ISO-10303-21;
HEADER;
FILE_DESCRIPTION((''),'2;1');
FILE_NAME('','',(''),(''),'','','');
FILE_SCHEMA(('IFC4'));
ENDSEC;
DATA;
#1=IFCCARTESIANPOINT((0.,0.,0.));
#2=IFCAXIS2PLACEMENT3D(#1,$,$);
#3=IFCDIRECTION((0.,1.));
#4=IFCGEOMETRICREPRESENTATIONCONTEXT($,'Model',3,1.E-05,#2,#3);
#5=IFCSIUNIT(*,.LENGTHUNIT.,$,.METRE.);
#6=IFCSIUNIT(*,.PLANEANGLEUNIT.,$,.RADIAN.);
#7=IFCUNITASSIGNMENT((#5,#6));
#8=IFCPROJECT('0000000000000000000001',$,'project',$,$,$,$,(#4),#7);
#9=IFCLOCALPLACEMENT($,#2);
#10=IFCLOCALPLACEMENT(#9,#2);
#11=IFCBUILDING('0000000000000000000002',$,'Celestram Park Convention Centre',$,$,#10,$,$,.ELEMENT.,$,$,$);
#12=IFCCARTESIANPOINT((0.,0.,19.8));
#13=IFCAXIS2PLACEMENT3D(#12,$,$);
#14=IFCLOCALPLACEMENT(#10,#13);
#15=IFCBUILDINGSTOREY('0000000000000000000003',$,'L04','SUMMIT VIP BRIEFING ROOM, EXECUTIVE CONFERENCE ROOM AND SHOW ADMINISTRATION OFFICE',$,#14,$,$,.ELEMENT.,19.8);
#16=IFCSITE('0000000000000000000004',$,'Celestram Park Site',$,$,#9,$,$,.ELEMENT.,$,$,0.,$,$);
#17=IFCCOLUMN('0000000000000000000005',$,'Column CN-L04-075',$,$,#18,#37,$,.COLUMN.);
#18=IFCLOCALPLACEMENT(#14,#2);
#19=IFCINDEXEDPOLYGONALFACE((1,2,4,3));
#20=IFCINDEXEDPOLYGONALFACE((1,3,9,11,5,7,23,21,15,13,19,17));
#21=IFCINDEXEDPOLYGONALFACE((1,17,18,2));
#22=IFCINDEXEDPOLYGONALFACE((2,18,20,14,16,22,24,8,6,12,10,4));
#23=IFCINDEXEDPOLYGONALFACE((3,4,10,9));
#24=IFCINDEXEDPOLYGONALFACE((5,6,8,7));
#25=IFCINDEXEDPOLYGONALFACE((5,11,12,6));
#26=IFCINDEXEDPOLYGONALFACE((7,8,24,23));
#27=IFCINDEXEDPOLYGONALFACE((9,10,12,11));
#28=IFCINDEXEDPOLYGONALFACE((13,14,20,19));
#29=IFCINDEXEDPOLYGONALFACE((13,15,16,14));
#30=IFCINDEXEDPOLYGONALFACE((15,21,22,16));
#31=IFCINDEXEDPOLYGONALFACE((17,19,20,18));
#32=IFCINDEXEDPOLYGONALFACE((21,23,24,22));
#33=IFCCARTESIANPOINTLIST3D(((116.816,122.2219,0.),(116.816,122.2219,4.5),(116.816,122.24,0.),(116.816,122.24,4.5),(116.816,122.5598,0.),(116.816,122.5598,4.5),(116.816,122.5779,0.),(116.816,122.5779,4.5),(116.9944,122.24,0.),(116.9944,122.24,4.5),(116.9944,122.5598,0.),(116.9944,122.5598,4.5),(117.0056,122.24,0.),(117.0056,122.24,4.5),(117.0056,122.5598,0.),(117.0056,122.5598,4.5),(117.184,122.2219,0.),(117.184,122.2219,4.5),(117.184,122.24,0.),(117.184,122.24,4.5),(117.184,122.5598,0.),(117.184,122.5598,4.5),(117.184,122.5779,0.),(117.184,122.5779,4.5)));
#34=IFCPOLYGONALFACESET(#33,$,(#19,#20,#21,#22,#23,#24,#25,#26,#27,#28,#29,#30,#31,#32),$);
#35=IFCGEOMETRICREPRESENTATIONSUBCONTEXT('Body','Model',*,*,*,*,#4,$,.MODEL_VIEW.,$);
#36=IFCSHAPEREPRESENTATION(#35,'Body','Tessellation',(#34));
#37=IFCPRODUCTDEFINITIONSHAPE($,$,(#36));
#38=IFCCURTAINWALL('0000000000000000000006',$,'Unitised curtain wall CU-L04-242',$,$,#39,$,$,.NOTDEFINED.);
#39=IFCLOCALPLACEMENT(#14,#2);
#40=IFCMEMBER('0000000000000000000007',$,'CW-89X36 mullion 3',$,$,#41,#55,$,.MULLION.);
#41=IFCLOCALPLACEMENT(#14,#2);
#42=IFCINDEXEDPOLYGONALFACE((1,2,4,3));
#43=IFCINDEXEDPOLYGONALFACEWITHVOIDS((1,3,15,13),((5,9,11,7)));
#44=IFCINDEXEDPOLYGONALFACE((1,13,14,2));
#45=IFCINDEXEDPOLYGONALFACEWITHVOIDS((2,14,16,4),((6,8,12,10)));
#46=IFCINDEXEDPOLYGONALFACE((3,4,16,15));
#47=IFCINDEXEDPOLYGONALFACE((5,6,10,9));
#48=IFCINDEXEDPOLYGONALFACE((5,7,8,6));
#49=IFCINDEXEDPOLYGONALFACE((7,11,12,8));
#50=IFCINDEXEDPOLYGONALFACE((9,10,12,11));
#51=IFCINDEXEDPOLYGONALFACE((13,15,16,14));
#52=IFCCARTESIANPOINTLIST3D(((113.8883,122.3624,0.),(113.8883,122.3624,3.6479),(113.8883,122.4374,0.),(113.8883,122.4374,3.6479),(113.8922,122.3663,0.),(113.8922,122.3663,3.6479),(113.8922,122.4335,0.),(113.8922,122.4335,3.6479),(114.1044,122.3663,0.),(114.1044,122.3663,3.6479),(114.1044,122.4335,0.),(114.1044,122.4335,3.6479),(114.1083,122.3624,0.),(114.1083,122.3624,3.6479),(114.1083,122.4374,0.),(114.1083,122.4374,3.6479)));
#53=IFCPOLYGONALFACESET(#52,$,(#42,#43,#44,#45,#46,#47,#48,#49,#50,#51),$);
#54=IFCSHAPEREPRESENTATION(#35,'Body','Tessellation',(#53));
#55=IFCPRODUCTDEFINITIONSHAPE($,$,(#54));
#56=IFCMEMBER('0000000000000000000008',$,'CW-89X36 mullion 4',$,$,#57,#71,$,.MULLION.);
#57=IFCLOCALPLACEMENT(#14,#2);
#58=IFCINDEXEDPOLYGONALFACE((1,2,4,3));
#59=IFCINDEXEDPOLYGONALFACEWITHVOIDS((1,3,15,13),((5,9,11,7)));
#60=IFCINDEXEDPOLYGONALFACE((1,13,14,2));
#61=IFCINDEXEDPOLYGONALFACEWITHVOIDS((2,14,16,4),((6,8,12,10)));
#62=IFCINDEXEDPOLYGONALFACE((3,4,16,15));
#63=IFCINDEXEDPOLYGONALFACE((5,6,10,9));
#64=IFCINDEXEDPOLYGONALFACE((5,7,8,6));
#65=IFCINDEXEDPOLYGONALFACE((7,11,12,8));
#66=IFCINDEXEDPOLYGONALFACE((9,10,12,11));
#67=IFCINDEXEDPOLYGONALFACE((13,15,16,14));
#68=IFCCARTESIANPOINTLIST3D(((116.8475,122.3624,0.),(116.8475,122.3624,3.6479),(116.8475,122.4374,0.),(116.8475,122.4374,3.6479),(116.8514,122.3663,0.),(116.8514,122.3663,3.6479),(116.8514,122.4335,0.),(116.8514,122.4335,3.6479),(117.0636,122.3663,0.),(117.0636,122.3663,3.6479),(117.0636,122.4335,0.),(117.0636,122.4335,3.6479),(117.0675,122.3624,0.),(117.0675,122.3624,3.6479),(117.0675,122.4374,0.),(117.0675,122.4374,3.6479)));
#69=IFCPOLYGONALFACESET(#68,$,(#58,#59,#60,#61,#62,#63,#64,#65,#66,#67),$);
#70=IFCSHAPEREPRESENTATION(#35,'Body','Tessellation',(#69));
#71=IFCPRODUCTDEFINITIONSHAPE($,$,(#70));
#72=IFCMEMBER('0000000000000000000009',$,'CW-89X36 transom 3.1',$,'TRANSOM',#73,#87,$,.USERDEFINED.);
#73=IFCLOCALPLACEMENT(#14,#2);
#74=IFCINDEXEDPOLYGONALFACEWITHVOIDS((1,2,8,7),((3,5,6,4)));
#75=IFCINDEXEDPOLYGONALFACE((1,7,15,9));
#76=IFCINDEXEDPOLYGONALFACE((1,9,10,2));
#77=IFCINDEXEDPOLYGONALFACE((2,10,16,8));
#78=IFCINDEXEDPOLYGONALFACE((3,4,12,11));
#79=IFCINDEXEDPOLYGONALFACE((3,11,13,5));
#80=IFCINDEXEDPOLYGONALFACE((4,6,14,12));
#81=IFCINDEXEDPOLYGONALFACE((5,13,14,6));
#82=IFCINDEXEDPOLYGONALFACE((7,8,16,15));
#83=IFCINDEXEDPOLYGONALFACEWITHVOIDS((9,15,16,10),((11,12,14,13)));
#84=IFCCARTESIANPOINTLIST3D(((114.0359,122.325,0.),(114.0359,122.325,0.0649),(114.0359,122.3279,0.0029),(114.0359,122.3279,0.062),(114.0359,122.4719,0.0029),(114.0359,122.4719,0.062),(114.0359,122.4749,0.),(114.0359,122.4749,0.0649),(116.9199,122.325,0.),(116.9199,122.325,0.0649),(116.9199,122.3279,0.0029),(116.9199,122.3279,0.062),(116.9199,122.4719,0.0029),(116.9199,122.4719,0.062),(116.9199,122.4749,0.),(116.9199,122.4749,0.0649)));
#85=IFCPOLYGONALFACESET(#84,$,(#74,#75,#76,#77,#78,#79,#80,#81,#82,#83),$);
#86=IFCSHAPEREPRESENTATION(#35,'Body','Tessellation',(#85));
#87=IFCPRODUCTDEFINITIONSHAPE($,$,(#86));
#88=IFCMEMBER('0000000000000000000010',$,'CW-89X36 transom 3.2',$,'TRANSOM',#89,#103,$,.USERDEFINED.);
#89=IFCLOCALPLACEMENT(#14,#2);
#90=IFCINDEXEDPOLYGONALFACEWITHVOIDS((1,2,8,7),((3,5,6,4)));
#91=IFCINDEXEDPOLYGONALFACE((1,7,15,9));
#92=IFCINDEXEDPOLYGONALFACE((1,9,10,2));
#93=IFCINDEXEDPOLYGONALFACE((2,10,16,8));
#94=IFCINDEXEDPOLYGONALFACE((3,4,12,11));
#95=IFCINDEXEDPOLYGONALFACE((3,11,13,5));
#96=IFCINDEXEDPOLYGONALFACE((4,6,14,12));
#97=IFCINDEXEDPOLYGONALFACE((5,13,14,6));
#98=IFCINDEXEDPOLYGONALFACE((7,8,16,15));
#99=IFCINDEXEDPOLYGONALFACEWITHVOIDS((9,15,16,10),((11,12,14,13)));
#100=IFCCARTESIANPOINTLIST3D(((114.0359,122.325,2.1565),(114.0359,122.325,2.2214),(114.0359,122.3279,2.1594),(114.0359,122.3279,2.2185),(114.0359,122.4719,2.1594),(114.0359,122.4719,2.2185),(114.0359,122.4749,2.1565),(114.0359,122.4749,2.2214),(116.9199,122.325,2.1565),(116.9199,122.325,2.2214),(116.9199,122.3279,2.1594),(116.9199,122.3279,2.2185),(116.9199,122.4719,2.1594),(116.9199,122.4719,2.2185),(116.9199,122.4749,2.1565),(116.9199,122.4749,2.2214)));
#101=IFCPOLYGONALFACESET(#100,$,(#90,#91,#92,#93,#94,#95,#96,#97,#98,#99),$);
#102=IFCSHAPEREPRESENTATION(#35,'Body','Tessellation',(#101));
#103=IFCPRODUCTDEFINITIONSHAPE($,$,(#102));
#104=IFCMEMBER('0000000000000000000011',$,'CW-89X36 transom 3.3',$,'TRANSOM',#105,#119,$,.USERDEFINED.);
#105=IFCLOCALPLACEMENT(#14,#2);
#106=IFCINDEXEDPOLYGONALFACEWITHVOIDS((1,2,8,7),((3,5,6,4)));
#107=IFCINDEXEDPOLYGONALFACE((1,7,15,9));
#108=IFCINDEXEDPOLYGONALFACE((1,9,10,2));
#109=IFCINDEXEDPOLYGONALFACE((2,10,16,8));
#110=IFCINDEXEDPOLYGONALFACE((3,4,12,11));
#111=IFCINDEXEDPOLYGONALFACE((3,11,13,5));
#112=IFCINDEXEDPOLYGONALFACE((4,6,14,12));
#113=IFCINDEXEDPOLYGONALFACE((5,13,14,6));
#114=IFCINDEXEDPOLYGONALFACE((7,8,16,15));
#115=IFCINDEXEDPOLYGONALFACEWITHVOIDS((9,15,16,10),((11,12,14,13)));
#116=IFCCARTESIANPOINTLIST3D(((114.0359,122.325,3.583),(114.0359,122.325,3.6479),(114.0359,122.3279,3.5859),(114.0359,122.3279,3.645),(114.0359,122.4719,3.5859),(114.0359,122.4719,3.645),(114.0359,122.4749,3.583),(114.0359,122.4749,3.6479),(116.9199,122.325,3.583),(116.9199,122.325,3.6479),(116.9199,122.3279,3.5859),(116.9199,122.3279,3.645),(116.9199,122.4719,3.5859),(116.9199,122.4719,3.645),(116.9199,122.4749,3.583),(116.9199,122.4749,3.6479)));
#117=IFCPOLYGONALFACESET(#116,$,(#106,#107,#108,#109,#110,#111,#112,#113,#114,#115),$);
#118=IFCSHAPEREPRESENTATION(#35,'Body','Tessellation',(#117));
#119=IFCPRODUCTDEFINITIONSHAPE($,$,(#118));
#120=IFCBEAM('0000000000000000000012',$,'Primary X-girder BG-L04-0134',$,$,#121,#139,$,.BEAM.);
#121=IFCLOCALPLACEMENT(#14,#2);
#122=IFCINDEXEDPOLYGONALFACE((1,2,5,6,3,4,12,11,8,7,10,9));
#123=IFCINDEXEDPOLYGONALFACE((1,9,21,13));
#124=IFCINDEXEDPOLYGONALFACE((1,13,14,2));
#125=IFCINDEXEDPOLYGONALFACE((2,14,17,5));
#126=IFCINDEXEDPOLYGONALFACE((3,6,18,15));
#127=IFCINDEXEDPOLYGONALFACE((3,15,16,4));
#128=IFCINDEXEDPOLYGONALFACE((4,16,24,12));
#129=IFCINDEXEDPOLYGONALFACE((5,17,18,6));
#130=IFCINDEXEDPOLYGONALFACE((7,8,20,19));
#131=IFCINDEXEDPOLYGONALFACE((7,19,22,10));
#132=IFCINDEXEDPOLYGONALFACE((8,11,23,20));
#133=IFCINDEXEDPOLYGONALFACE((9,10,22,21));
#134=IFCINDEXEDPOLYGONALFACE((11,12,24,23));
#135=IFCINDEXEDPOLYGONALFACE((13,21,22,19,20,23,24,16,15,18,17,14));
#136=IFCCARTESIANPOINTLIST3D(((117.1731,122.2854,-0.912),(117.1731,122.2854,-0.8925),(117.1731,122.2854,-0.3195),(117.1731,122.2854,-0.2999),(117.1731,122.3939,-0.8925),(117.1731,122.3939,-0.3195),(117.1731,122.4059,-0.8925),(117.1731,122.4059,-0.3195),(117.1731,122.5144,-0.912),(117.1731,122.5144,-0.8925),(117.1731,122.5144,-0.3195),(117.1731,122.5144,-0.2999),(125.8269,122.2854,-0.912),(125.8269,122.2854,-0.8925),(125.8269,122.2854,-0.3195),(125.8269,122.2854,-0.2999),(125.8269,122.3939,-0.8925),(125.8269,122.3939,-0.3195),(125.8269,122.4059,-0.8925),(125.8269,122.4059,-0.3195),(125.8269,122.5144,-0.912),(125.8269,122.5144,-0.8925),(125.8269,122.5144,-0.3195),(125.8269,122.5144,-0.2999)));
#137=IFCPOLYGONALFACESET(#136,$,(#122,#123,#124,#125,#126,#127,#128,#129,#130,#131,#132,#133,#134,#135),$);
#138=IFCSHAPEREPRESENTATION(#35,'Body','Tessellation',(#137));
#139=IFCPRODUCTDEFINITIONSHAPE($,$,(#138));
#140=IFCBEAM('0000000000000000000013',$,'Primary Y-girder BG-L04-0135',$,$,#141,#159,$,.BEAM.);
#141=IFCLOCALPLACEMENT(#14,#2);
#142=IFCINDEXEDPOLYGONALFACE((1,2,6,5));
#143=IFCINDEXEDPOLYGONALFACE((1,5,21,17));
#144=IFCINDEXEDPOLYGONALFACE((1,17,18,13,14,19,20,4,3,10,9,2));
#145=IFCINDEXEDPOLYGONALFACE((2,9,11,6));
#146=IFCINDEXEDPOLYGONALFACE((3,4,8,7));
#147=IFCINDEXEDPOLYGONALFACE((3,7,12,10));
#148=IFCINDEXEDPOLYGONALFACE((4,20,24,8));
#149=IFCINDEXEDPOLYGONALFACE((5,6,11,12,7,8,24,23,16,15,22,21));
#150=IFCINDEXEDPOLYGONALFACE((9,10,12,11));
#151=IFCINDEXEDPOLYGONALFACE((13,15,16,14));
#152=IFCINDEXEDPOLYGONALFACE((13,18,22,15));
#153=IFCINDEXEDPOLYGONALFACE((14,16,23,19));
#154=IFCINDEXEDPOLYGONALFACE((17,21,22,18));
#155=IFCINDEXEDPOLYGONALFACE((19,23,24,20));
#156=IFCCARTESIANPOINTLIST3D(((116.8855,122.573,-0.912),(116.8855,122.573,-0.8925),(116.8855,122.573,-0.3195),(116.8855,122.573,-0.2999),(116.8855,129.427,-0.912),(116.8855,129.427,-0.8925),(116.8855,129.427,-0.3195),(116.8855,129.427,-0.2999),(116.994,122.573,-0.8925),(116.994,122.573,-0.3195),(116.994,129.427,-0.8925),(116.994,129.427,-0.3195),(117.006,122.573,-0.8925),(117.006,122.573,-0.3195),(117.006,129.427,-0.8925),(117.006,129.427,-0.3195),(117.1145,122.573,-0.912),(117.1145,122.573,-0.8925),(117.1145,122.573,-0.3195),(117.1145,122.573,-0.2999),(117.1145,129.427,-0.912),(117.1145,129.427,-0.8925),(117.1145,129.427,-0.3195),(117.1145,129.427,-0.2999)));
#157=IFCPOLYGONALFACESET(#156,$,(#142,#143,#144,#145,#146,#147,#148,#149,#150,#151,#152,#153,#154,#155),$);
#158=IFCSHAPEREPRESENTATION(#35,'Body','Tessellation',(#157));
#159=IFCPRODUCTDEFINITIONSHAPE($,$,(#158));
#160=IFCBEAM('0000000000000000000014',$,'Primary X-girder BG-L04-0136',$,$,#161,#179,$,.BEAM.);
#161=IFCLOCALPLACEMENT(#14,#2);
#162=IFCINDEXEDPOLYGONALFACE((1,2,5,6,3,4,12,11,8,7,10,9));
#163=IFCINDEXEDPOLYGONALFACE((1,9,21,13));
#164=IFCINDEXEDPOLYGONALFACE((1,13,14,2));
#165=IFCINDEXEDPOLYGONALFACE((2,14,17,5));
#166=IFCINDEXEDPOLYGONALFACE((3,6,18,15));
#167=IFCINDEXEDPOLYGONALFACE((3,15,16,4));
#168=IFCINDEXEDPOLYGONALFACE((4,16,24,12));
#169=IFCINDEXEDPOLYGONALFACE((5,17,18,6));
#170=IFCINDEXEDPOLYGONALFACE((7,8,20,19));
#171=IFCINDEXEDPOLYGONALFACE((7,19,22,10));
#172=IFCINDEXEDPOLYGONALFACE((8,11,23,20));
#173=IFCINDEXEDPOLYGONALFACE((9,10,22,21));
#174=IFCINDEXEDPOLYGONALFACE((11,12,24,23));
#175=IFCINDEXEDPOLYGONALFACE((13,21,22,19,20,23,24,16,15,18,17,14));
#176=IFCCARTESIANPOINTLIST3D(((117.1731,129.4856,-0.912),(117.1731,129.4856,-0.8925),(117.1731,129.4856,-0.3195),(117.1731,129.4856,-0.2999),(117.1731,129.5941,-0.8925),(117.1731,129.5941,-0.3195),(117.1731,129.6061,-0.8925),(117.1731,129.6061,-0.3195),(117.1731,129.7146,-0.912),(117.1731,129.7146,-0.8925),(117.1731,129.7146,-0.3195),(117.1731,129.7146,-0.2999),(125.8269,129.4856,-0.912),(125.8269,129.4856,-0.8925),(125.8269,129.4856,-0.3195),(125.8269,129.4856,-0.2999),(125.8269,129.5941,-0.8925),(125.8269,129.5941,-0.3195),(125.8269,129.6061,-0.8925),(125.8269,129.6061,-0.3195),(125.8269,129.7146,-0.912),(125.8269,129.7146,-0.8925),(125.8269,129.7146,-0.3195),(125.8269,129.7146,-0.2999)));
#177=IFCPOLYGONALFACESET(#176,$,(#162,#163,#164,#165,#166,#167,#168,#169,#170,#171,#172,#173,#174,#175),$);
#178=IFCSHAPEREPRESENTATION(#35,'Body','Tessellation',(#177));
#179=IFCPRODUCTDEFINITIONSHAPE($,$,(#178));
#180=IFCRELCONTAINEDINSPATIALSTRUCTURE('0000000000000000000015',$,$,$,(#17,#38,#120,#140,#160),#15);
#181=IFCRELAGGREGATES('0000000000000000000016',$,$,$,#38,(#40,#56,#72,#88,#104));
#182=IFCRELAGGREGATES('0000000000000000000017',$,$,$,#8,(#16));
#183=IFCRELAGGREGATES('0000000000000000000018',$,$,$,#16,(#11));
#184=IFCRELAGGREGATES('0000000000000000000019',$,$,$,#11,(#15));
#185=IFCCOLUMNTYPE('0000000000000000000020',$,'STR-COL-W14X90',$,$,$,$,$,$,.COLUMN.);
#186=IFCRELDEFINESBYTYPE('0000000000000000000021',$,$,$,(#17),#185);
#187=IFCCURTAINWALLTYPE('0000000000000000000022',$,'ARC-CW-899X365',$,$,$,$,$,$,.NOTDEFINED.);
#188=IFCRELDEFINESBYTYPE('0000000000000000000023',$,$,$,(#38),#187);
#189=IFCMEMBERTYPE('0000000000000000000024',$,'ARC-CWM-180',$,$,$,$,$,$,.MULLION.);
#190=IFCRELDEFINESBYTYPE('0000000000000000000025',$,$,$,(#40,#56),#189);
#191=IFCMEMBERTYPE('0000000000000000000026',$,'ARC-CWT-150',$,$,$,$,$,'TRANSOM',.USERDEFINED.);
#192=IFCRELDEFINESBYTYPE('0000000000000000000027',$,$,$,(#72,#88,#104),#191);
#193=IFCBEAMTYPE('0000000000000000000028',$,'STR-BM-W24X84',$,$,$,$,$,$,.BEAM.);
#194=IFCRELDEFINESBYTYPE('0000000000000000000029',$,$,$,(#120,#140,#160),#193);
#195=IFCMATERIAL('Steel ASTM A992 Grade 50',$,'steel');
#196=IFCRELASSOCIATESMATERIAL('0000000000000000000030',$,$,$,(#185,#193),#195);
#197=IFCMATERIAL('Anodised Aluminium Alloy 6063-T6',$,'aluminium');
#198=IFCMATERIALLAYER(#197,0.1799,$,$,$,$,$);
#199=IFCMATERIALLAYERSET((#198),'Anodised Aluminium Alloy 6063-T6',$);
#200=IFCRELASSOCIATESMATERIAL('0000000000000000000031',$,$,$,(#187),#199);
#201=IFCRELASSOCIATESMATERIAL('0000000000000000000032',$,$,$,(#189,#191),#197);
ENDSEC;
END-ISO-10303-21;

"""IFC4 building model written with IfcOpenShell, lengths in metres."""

from ifc_helpers import new_model, si_unit, direction, frame, origin, origin_2d, place, context, subcontext, project, spatial, hollow_rectangle, i_section, extrude, material, layer, layer_set, material_profile, profile_set, type_object, element, aggregate, save


model = new_model("IFC4")

# Units and contexts
model_context = context("Model", 3, precision=1e-05, world=origin(), true_north=direction((0.0, 1.0)))
body_context = subcontext(model_context, "Body", "Model", "MODEL_VIEW")
ifc_project = project(units=[si_unit("LENGTHUNIT", "METRE"), si_unit("PLANEANGLEUNIT", "RADIAN")], contexts=[model_context])

# Site, building, storey
site_placement = place(None, origin())
site = spatial("IfcSite", under=ifc_project, at=site_placement, Name="Celestram Park Site", CompositionType="ELEMENT", RefElevation=0.0)
building_placement = place(site_placement, origin())
building = spatial("IfcBuilding", under=site, at=building_placement, Name="Celestram Park Convention Centre", CompositionType="ELEMENT")
storey_placement = place(building_placement, frame((0.0, 0.0, 19.8)))
storey = spatial("IfcBuildingStorey", under=building, at=storey_placement, Name="L04", Description="SUMMIT VIP BRIEFING ROOM, EXECUTIVE CONFERENCE ROOM AND SHOW ADMINISTRATION OFFICE", CompositionType="ELEMENT", Elevation=19.8)

# Column
ifc_material_1 = material(Name="Steel ASTM A992 Grade 50", Category="steel")
ifc_material_profile_1 = material_profile(ifc_material_1, i_section(OverallWidth=0.3679, OverallDepth=0.356, WebThickness=0.0112, FlangeThickness=0.0181, at=origin_2d()), Name="W14X90")
ifc_profile_set_1 = profile_set([ifc_material_profile_1], Name="Steel ASTM A992 Grade 50")
column_type = type_object("IfcColumnType", Name="STR-COL-W14X90", PredefinedType="COLUMN", material=ifc_profile_set_1)
column_placement = place(storey_placement, frame((117.0, 122.3999, 0.0), z_axis=(0.0, 0.0, 1.0), x_axis=(1.0, 0.0, 0.0)))
element("IfcColumn", 1, at=column_placement, inside=storey, type_object=column_type, Name="Column CN-L04-075", PredefinedType="COLUMN", context=body_context, shape_type="SweptSolid", body=[
    extrude(i_section(OverallWidth=0.3679, OverallDepth=0.356, WebThickness=0.0112, FlangeThickness=0.0181, at=origin_2d()), origin(), (0.0, 0.0, 1.0), 4.5),
])

# Curtain wall, members
ifc_material_2 = material(Name="Anodised Aluminium Alloy 6063-T6", Category="aluminium")
ifc_layer_1 = layer(ifc_material_2, 0.1799)
ifc_layer_set_1 = layer_set([ifc_layer_1], Name="Anodised Aluminium Alloy 6063-T6")
curtain_wall_type = type_object("IfcCurtainWallType", Name="ARC-CW-899X365", PredefinedType="NOTDEFINED", material=ifc_layer_set_1)
curtain_wall_placement = place(storey_placement, origin())
curtain_wall = element("IfcCurtainWall", 2, at=curtain_wall_placement, inside=storey, type_object=curtain_wall_type, Name="Unitised curtain wall CU-L04-242", PredefinedType="NOTDEFINED")
ifc_material_profile_2 = material_profile(ifc_material_2, hollow_rectangle(XDim=0.075, YDim=0.22, WallThickness=0.0039, at=origin_2d()), Name="ALU75X220X4")
ifc_profile_set_2 = profile_set([ifc_material_profile_2], Name="Anodised Aluminium Alloy 6063-T6")
member_type_1 = type_object("IfcMemberType", Name="ARC-CWM-180", PredefinedType="MULLION", material=ifc_profile_set_2)
member_1_placement = place(storey_placement, frame((113.9983, 122.3999, 0.0), z_axis=(0.0, 0.0, 1.0), x_axis=(0.0, 1.0, 0.0)))
member_1 = element("IfcMember", 3, at=member_1_placement, type_object=member_type_1, Name="CW-89X36 mullion 3", PredefinedType="MULLION", context=body_context, shape_type="SweptSolid", body=[
    extrude(hollow_rectangle(XDim=0.075, YDim=0.22, WallThickness=0.0039, at=origin_2d()), origin(), (0.0, 0.0, 1.0), 3.6479),
])
member_2_placement = place(storey_placement, frame((116.9575, 122.3999, 0.0), z_axis=(0.0, 0.0, 1.0), x_axis=(0.0, 1.0, 0.0)))
member_2 = element("IfcMember", 4, at=member_2_placement, type_object=member_type_1, Name="CW-89X36 mullion 4", PredefinedType="MULLION", context=body_context, shape_type="SweptSolid", body=[
    extrude(hollow_rectangle(XDim=0.075, YDim=0.22, WallThickness=0.0039, at=origin_2d()), origin(), (0.0, 0.0, 1.0), 3.6479),
])
ifc_material_profile_3 = material_profile(ifc_material_2, hollow_rectangle(XDim=0.1499, YDim=0.0649, WallThickness=0.0029, at=origin_2d()), Name="ALU150X65X3")
ifc_profile_set_3 = profile_set([ifc_material_profile_3], Name="Anodised Aluminium Alloy 6063-T6")
member_type_2 = type_object("IfcMemberType", Name="ARC-CWT-150", ElementType="TRANSOM", PredefinedType="USERDEFINED", material=ifc_profile_set_3)
member_3_placement = place(storey_placement, frame((114.0359, 122.3999, 0.0325), z_axis=(1.0, 0.0, 0.0), x_axis=(0.0, 1.0, 0.0)))
member_3 = element("IfcMember", 5, at=member_3_placement, type_object=member_type_2, Name="CW-89X36 transom 3.1", ObjectType="TRANSOM", PredefinedType="USERDEFINED", context=body_context, shape_type="SweptSolid", body=[
    extrude(hollow_rectangle(XDim=0.1499, YDim=0.0649, WallThickness=0.0029, at=origin_2d()), origin(), (0.0, 0.0, 1.0), 2.884),
])
member_4_placement = place(storey_placement, frame((114.0359, 122.3999, 2.189), z_axis=(1.0, 0.0, 0.0), x_axis=(0.0, 1.0, 0.0)))
member_4 = element("IfcMember", 6, at=member_4_placement, type_object=member_type_2, Name="CW-89X36 transom 3.2", ObjectType="TRANSOM", PredefinedType="USERDEFINED", context=body_context, shape_type="SweptSolid", body=[
    extrude(hollow_rectangle(XDim=0.1499, YDim=0.0649, WallThickness=0.0029, at=origin_2d()), origin(), (0.0, 0.0, 1.0), 2.884),
])
member_5_placement = place(storey_placement, frame((114.0359, 122.3999, 3.6155), z_axis=(1.0, 0.0, 0.0), x_axis=(0.0, 1.0, 0.0)))
member_5 = element("IfcMember", 7, at=member_5_placement, type_object=member_type_2, Name="CW-89X36 transom 3.3", ObjectType="TRANSOM", PredefinedType="USERDEFINED", context=body_context, shape_type="SweptSolid", body=[
    extrude(hollow_rectangle(XDim=0.1499, YDim=0.0649, WallThickness=0.0029, at=origin_2d()), origin(), (0.0, 0.0, 1.0), 2.884),
])

# Beams
ifc_material_profile_4 = material_profile(ifc_material_1, i_section(OverallWidth=0.229, OverallDepth=0.6121, WebThickness=0.012, FlangeThickness=0.0195, at=origin_2d()), Name="W24X84")
ifc_profile_set_4 = profile_set([ifc_material_profile_4], Name="Steel ASTM A992 Grade 50")
beam_type = type_object("IfcBeamType", Name="STR-BM-W24X84", PredefinedType="BEAM", material=ifc_profile_set_4)
beam_1_placement = place(storey_placement, frame((117.1731, 122.3999, -0.606), z_axis=(1.0, 0.0, 0.0), x_axis=(0.0, 1.0, 0.0)))
element("IfcBeam", 8, at=beam_1_placement, inside=storey, type_object=beam_type, Name="Primary X-girder BG-L04-0134", PredefinedType="BEAM", context=body_context, shape_type="SweptSolid", body=[
    extrude(i_section(OverallWidth=0.229, OverallDepth=0.6121, WebThickness=0.012, FlangeThickness=0.0195, at=origin_2d()), origin(), (0.0, 0.0, 1.0), 8.6538),
])
beam_2_placement = place(storey_placement, frame((117.0, 122.573, -0.606), z_axis=(0.0, 1.0, 0.0), x_axis=(-1.0, 0.0, 0.0)))
element("IfcBeam", 9, at=beam_2_placement, inside=storey, type_object=beam_type, Name="Primary Y-girder BG-L04-0135", PredefinedType="BEAM", context=body_context, shape_type="SweptSolid", body=[
    extrude(i_section(OverallWidth=0.229, OverallDepth=0.6121, WebThickness=0.012, FlangeThickness=0.0195, at=origin_2d()), origin(), (0.0, 0.0, 1.0), 6.854),
])
beam_3_placement = place(storey_placement, frame((117.1731, 129.6001, -0.606), z_axis=(1.0, 0.0, 0.0), x_axis=(0.0, 1.0, 0.0)))
element("IfcBeam", 10, at=beam_3_placement, inside=storey, type_object=beam_type, Name="Primary X-girder BG-L04-0136", PredefinedType="BEAM", context=body_context, shape_type="SweptSolid", body=[
    extrude(i_section(OverallWidth=0.229, OverallDepth=0.6121, WebThickness=0.012, FlangeThickness=0.0195, at=origin_2d()), origin(), (0.0, 0.0, 1.0), 8.6538),
])

aggregate(curtain_wall, [member_1, member_2, member_3, member_4, member_5])

save(model, "model.ifc")
